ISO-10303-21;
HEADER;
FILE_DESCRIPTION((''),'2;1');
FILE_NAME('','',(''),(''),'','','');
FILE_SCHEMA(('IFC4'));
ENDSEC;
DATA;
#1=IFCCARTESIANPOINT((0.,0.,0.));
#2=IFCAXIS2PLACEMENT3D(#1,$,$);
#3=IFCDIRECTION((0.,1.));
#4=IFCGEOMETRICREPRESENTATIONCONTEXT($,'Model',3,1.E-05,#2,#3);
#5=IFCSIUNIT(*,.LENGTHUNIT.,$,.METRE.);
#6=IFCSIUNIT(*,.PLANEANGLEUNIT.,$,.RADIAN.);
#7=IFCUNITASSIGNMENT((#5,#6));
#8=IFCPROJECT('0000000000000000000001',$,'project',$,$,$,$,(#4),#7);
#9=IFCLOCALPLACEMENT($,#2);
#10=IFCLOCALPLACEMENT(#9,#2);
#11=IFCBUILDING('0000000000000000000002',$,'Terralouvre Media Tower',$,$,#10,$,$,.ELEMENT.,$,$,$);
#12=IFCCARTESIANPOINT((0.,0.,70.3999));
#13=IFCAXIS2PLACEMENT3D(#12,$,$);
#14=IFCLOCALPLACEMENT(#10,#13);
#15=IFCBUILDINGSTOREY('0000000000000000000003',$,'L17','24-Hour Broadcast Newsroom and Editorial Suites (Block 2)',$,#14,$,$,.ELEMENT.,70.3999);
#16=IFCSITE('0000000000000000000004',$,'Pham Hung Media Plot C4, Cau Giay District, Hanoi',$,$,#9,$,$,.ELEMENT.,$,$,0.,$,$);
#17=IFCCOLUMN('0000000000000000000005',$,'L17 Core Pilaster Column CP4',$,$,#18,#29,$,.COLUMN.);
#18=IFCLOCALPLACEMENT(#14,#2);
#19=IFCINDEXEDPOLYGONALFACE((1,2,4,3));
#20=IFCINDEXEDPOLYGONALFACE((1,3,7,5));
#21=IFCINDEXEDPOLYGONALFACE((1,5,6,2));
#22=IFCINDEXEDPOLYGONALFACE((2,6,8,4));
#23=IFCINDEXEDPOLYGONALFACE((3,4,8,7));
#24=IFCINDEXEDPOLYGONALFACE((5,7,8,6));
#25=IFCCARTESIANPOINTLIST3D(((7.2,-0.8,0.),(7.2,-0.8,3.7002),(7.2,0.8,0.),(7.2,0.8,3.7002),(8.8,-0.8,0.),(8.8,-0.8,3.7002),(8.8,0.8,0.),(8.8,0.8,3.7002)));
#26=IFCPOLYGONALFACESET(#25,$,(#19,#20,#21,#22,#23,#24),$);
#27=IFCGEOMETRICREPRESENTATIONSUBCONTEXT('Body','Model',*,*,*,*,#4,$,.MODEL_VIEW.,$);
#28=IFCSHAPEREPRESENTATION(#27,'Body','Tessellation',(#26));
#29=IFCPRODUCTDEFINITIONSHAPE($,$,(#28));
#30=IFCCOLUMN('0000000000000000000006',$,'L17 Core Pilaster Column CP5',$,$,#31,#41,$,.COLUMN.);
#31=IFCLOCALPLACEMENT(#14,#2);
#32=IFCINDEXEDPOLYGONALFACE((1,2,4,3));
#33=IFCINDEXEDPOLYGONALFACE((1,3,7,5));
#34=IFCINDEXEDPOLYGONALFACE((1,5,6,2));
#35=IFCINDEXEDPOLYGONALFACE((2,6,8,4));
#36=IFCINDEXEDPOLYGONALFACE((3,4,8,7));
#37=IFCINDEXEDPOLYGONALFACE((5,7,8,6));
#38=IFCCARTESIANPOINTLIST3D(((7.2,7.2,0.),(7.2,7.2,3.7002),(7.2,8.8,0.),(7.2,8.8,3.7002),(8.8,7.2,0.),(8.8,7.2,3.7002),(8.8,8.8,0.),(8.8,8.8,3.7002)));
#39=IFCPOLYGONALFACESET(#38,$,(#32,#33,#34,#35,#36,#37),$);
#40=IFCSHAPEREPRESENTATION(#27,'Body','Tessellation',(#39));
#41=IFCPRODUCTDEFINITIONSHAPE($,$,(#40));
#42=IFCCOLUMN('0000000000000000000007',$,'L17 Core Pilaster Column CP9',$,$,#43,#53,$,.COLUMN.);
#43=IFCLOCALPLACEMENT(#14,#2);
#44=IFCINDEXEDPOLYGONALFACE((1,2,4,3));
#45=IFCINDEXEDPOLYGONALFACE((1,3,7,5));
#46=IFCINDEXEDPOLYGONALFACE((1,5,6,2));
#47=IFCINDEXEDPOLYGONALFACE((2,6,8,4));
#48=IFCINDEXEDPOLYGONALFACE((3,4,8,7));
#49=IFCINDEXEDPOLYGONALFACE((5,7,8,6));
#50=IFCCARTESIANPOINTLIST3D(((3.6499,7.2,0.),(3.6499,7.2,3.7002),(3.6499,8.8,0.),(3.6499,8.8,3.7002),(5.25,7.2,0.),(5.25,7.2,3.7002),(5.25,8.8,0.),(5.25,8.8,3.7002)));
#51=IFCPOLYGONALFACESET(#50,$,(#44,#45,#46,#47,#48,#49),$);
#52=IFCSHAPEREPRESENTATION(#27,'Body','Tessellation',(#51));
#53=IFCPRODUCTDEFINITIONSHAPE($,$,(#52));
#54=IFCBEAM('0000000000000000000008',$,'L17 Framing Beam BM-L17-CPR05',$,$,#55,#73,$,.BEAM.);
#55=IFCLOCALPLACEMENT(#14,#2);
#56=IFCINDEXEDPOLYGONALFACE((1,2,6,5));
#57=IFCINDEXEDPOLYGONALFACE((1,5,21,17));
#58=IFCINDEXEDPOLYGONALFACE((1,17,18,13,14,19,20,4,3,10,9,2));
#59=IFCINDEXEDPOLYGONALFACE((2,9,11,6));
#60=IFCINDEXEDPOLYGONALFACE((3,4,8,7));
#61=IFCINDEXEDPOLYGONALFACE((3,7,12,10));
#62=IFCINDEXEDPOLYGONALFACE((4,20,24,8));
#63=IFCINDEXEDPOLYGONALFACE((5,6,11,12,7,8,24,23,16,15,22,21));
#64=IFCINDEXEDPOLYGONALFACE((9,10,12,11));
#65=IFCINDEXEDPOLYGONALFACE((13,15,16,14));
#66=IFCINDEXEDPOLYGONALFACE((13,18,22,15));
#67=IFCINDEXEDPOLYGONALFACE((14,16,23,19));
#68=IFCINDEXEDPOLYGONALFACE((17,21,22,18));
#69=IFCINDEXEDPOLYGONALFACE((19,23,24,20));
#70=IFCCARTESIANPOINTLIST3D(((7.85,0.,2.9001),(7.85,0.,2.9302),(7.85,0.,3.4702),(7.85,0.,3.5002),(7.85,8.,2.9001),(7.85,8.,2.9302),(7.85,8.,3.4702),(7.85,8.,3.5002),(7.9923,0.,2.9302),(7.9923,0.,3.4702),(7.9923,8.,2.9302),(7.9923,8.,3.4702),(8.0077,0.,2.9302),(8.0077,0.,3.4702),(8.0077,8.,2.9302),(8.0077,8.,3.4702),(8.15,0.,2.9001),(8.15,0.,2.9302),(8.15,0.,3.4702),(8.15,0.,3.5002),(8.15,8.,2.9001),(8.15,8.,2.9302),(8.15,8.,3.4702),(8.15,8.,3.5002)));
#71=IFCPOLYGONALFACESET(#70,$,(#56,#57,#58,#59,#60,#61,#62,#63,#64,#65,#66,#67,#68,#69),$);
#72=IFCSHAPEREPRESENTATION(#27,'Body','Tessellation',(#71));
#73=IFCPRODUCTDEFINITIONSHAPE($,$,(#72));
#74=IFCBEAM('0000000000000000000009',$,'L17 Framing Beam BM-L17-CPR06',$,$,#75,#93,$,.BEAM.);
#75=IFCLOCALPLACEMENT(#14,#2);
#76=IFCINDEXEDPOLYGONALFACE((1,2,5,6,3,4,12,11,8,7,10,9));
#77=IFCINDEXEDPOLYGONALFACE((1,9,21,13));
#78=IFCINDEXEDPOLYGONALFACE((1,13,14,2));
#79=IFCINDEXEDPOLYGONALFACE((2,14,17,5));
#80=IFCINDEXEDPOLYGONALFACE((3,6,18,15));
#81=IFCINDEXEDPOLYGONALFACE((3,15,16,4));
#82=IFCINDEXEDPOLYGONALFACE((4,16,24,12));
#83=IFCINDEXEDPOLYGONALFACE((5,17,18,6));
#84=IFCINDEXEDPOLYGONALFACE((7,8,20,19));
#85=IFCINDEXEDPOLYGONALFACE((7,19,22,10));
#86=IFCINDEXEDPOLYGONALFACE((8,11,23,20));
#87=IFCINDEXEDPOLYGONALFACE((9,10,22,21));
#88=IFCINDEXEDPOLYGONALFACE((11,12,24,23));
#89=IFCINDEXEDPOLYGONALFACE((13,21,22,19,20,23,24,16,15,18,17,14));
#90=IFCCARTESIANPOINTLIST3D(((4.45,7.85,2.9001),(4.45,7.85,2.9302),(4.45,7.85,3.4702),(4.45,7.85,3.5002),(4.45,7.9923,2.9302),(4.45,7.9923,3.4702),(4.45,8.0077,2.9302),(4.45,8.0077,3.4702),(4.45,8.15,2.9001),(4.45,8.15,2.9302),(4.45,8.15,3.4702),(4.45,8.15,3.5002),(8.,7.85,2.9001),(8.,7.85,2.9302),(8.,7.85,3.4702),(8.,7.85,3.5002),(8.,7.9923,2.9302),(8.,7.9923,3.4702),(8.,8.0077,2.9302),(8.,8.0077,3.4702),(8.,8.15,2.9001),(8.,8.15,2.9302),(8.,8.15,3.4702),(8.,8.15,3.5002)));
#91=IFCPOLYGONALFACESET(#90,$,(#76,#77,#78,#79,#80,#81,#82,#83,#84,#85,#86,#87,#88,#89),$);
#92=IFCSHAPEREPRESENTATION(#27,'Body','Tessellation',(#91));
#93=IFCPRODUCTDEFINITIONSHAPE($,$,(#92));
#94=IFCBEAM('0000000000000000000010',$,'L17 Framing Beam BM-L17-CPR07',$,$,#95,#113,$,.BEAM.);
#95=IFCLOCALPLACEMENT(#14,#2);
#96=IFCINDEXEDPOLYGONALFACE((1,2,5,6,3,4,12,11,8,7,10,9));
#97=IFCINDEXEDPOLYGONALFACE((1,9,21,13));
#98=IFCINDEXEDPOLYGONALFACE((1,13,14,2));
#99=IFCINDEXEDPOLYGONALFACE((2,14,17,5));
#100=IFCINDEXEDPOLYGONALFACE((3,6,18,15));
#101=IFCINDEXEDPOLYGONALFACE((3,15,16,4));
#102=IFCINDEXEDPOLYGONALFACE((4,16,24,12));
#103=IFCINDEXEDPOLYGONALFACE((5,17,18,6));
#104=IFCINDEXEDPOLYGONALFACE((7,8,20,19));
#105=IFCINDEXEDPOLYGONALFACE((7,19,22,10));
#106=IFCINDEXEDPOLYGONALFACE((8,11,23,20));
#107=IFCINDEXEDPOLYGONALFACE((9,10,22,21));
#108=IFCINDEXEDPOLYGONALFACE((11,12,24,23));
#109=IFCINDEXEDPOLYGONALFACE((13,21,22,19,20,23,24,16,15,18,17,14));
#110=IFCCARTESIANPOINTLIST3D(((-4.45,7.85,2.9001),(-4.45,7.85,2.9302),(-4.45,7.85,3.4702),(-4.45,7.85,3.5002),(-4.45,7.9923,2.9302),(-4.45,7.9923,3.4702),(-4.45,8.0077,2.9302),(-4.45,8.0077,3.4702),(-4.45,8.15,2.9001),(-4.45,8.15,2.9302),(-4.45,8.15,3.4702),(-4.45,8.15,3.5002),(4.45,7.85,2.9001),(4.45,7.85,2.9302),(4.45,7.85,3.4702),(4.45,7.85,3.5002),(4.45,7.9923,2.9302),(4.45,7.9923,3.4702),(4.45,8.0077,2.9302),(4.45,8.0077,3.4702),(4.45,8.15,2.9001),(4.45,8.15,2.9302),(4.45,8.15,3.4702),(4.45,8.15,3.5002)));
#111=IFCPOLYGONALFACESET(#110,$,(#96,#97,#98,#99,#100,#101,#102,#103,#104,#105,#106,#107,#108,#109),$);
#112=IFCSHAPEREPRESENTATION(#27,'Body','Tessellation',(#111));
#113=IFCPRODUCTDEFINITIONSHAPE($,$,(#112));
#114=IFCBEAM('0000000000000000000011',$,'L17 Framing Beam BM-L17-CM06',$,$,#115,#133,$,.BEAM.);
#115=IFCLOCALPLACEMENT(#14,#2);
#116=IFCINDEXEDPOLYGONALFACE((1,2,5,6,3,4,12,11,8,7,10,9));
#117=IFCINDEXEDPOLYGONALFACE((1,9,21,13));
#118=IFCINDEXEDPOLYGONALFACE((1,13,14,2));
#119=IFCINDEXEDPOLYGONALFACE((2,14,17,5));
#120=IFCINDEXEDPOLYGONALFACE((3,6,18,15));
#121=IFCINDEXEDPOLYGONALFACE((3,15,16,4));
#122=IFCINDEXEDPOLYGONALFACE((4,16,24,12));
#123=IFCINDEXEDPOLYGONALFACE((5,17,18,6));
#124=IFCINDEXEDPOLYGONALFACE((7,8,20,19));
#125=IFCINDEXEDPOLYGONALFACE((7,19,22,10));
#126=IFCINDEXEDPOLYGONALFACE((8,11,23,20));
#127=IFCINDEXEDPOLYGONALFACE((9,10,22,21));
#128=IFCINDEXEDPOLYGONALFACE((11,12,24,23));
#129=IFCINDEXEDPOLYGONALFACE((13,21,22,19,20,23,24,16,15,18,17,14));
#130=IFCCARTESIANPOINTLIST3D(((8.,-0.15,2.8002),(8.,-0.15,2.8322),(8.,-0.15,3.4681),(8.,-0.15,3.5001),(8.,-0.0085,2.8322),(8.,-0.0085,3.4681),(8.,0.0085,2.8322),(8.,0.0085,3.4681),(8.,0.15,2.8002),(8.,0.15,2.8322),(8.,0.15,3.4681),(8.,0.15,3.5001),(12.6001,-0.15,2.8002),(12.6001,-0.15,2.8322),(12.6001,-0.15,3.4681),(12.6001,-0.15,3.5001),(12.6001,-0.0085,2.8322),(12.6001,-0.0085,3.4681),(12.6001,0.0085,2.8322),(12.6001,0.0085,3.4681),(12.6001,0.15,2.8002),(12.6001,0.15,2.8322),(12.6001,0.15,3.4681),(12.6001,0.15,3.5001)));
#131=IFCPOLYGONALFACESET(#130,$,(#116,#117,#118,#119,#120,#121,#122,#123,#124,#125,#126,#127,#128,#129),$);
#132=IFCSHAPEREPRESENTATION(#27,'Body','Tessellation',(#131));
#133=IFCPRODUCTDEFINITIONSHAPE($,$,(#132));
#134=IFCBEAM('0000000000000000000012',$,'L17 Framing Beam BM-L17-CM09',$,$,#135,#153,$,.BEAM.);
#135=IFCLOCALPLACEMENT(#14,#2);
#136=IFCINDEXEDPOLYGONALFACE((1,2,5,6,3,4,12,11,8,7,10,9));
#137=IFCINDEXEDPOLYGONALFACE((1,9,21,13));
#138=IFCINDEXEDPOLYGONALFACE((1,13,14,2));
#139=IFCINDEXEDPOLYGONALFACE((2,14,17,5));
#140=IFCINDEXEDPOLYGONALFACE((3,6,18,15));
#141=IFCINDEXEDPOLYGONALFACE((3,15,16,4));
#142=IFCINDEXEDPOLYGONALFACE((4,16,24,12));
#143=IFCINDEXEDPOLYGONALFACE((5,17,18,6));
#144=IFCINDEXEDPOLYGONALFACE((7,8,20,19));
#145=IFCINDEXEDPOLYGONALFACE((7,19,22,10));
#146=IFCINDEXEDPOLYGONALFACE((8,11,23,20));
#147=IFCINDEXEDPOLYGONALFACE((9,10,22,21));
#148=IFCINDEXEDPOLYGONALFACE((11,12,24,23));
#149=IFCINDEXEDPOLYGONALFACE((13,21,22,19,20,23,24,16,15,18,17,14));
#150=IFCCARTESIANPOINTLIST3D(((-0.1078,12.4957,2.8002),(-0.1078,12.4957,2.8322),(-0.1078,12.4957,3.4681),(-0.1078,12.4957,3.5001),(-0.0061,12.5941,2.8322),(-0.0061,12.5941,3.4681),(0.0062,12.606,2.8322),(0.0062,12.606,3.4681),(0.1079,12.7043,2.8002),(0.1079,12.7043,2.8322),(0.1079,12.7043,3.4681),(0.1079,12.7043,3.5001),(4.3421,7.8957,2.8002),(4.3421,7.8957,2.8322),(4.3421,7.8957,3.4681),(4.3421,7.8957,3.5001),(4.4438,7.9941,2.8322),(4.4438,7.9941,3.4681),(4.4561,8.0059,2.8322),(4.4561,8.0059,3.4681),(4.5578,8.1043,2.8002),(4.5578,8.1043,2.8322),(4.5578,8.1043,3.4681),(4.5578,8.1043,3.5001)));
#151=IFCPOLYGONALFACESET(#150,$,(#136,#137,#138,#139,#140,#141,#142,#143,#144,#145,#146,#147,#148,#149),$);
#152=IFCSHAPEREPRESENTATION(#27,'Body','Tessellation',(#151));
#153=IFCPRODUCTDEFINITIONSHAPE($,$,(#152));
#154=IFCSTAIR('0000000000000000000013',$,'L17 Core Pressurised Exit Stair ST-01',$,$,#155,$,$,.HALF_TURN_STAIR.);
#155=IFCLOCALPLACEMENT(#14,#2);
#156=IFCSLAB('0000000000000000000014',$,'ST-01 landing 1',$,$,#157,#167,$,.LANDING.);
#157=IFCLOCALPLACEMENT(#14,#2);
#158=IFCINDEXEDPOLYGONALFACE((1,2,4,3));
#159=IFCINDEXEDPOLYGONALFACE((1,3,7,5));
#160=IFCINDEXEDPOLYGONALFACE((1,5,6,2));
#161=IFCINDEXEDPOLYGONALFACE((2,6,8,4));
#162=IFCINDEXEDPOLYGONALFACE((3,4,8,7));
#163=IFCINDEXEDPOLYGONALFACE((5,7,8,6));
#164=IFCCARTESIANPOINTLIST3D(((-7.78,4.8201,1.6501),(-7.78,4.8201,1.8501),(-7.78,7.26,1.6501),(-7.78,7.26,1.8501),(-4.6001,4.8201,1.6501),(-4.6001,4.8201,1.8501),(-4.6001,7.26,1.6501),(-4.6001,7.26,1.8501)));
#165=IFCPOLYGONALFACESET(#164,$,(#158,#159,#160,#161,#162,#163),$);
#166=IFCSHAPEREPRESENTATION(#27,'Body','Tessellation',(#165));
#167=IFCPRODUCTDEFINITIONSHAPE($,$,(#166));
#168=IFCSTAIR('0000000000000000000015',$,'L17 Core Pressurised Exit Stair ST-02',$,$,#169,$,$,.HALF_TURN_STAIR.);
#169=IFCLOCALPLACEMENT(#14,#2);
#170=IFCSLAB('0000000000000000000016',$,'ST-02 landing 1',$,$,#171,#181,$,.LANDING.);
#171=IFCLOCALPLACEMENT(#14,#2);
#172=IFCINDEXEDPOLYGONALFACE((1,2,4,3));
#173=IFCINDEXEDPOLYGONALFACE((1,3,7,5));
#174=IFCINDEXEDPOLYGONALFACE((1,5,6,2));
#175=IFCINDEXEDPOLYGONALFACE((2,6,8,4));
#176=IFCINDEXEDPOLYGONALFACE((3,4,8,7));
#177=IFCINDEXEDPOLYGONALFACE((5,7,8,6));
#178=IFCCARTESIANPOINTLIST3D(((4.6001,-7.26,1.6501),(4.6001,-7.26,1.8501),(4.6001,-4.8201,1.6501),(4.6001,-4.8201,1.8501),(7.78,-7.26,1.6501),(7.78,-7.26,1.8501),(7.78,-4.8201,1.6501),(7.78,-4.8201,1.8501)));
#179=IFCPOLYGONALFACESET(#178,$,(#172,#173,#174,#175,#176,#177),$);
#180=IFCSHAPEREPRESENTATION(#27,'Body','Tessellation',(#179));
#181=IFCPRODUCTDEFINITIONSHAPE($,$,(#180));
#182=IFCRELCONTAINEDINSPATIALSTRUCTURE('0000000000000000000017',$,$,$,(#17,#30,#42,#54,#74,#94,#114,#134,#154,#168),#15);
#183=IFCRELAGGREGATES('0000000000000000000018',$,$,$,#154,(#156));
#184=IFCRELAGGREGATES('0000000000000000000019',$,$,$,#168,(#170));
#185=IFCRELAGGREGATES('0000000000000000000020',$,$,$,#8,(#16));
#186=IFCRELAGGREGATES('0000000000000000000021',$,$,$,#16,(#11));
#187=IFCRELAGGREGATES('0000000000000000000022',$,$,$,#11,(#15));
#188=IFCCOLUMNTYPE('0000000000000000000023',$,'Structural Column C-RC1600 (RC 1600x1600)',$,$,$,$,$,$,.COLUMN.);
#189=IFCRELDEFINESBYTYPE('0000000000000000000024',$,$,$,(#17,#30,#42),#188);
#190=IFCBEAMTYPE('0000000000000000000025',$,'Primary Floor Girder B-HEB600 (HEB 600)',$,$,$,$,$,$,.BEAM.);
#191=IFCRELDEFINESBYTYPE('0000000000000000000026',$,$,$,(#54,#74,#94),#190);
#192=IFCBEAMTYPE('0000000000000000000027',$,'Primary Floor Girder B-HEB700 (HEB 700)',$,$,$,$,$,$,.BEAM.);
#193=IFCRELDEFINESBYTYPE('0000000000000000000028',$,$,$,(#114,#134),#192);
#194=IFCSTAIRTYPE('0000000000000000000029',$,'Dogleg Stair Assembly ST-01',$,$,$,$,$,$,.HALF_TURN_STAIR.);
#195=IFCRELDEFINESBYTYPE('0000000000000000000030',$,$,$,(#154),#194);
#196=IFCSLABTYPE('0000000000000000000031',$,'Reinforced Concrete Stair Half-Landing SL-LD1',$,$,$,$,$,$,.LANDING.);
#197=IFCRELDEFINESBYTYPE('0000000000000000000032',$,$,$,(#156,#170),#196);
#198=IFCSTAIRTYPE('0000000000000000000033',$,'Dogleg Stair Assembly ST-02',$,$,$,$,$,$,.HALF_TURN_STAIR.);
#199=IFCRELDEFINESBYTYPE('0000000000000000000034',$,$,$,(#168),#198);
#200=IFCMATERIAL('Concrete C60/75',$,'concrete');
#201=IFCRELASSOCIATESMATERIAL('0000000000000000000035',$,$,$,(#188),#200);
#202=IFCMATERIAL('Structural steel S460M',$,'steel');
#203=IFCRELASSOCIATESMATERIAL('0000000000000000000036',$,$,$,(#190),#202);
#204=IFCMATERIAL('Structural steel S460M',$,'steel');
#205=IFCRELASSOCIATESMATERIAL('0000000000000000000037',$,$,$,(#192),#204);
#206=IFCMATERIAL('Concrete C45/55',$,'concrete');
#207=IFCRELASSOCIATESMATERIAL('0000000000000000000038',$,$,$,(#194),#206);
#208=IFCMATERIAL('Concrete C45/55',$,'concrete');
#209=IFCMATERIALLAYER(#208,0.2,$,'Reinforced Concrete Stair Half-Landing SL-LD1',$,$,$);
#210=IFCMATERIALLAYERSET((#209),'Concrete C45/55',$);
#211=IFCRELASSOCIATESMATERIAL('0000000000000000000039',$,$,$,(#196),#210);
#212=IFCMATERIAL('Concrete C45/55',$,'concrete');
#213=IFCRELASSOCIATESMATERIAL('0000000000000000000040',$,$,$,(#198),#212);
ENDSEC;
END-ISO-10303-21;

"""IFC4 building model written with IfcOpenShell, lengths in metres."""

from ifc_helpers import new_model, si_unit, direction, frame, origin, origin_2d, place, context, subcontext, project, spatial, polyline, rectangle, i_section, outline, extrude, material, layer, layer_set, material_profile, profile_set, type_object, element, aggregate, save


model = new_model("IFC4")

# Units and contexts
model_context = context("Model", 3, precision=1e-05, world=origin(), true_north=direction((0.0, 1.0)))
body_context = subcontext(model_context, "Body", "Model", "MODEL_VIEW")
ifc_project = project(units=[si_unit("LENGTHUNIT", "METRE"), si_unit("PLANEANGLEUNIT", "RADIAN")], contexts=[model_context])

# Site, building, storey
site_placement = place(None, origin())
site = spatial("IfcSite", under=ifc_project, at=site_placement, Name="Pham Hung Media Plot C4, Cau Giay District, Hanoi", CompositionType="ELEMENT", RefElevation=0.0)
building_placement = place(site_placement, origin())
building = spatial("IfcBuilding", under=site, at=building_placement, Name="Terralouvre Media Tower", CompositionType="ELEMENT")
storey_placement = place(building_placement, frame((0.0, 0.0, 70.3999)))
storey = spatial("IfcBuildingStorey", under=building, at=storey_placement, Name="L17", Description="24-Hour Broadcast Newsroom and Editorial Suites (Block 2)", CompositionType="ELEMENT", Elevation=70.3999)

# Columns
ifc_material_1 = material(Name="Concrete C60/75", Category="concrete")
ifc_material_profile_1 = material_profile(ifc_material_1, rectangle(XDim=1.6001, YDim=1.6001, at=origin_2d()), Name="RC 1600x1600")
ifc_profile_set_1 = profile_set([ifc_material_profile_1], Name="Concrete C60/75")
column_type = type_object("IfcColumnType", Name="Structural Column C-RC1600 (RC 1600x1600)", PredefinedType="COLUMN", material=ifc_profile_set_1)
for number, where, z_axis, x_axis, name in (
    (1, (8.0, 0.0, 0.0), (0.0, 0.0, 1.0), (1.0, 0.0, 0.0), "L17 Core Pilaster Column CP4"),
    (2, (8.0, 8.0, 0.0), (0.0, 0.0, 1.0), (1.0, 0.0, 0.0), "L17 Core Pilaster Column CP5"),
    (3, (4.45, 8.0, 0.0), (0.0, 0.0, 1.0), (1.0, 0.0, 0.0), "L17 Core Pilaster Column CP9"),
):
    element("IfcColumn", number, at=place(storey_placement, frame(where, z_axis=z_axis, x_axis=x_axis)), inside=storey, type_object=column_type, Name=name, PredefinedType="COLUMN", context=body_context, shape_type="SweptSolid", body=[
        extrude(rectangle(XDim=1.6001, YDim=1.6001, at=origin_2d()), origin(), (0.0, 0.0, 1.0), 3.7002),
    ])

# Beams
ifc_material_2 = material(Name="Structural steel S460M", Category="steel")
ifc_material_profile_2 = material_profile(ifc_material_2, i_section(OverallWidth=0.3, OverallDepth=0.6001, WebThickness=0.0154, FlangeThickness=0.03, at=origin_2d()), Name="HEB 600")
ifc_profile_set_2 = profile_set([ifc_material_profile_2], Name="Structural steel S460M")
beam_type_1 = type_object("IfcBeamType", Name="Primary Floor Girder B-HEB600 (HEB 600)", PredefinedType="BEAM", material=ifc_profile_set_2)
beam_1_placement = place(storey_placement, frame((8.0, 0.0, 3.2002), z_axis=(0.0, 1.0, 0.0), x_axis=(-1.0, 0.0, 0.0)))
element("IfcBeam", 4, at=beam_1_placement, inside=storey, type_object=beam_type_1, Name="L17 Framing Beam BM-L17-CPR05", PredefinedType="BEAM", context=body_context, shape_type="SweptSolid", body=[
    extrude(i_section(OverallWidth=0.3, OverallDepth=0.6001, WebThickness=0.0154, FlangeThickness=0.03, at=origin_2d()), origin(), (0.0, 0.0, 1.0), 8.0),
])
beam_2_placement = place(storey_placement, frame((8.0, 8.0, 3.2002), z_axis=(-1.0, 0.0, 0.0), x_axis=(0.0, -1.0, 0.0)))
element("IfcBeam", 5, at=beam_2_placement, inside=storey, type_object=beam_type_1, Name="L17 Framing Beam BM-L17-CPR06", PredefinedType="BEAM", context=body_context, shape_type="SweptSolid", body=[
    extrude(i_section(OverallWidth=0.3, OverallDepth=0.6001, WebThickness=0.0154, FlangeThickness=0.03, at=origin_2d()), origin(), (0.0, 0.0, 1.0), 3.55),
])
beam_3_placement = place(storey_placement, frame((4.45, 8.0, 3.2002), z_axis=(-1.0, 0.0, 0.0), x_axis=(0.0, -1.0, 0.0)))
element("IfcBeam", 6, at=beam_3_placement, inside=storey, type_object=beam_type_1, Name="L17 Framing Beam BM-L17-CPR07", PredefinedType="BEAM", context=body_context, shape_type="SweptSolid", body=[
    extrude(i_section(OverallWidth=0.3, OverallDepth=0.6001, WebThickness=0.0154, FlangeThickness=0.03, at=origin_2d()), origin(), (0.0, 0.0, 1.0), 8.8999),
])
ifc_material_3 = material(Name="Structural steel S460M", Category="steel")
ifc_material_profile_3 = material_profile(ifc_material_3, i_section(OverallWidth=0.3, OverallDepth=0.7, WebThickness=0.0171, FlangeThickness=0.032, at=origin_2d()), Name="HEB 700")
ifc_profile_set_3 = profile_set([ifc_material_profile_3], Name="Structural steel S460M")
beam_type_2 = type_object("IfcBeamType", Name="Primary Floor Girder B-HEB700 (HEB 700)", PredefinedType="BEAM", material=ifc_profile_set_3)
beam_4_placement = place(storey_placement, frame((8.0, 0.0, 3.1501), z_axis=(1.0, 0.0, 0.0), x_axis=(0.0, 1.0, 0.0)))
element("IfcBeam", 7, at=beam_4_placement, inside=storey, type_object=beam_type_2, Name="L17 Framing Beam BM-L17-CM06", PredefinedType="BEAM", context=body_context, shape_type="SweptSolid", body=[
    extrude(i_section(OverallWidth=0.3, OverallDepth=0.7, WebThickness=0.0171, FlangeThickness=0.032, at=origin_2d()), origin(), (0.0, 0.0, 1.0), 4.6001),
])
beam_5_placement = place(storey_placement, frame((4.45, 8.0, 3.1501), z_axis=(-0.69528, 0.718739, 0.0), x_axis=(-0.718739, -0.69528, 0.0)))
element("IfcBeam", 8, at=beam_5_placement, inside=storey, type_object=beam_type_2, Name="L17 Framing Beam BM-L17-CM09", PredefinedType="BEAM", context=body_context, shape_type="SweptSolid", body=[
    extrude(i_section(OverallWidth=0.3, OverallDepth=0.7, WebThickness=0.0171, FlangeThickness=0.032, at=origin_2d()), origin(), (0.0, 0.0, 1.0), 6.4001),
])

# Stairs, slabs
ifc_material_4 = material(Name="Concrete C45/55", Category="concrete")
stair_type_1 = type_object("IfcStairType", Name="Dogleg Stair Assembly ST-01", PredefinedType="HALF_TURN_STAIR", material=ifc_material_4)
stair_1_placement = place(storey_placement, origin())
stair_1 = element("IfcStair", 9, at=stair_1_placement, inside=storey, type_object=stair_type_1, Name="L17 Core Pressurised Exit Stair ST-01", PredefinedType="HALF_TURN_STAIR")
ifc_material_5 = material(Name="Concrete C45/55", Category="concrete")
ifc_layer_1 = layer(ifc_material_5, 0.2, Name="Reinforced Concrete Stair Half-Landing SL-LD1")
ifc_layer_set_1 = layer_set([ifc_layer_1], Name="Concrete C45/55")
slab_type_1 = type_object("IfcSlabType", Name="Reinforced Concrete Stair Half-Landing SL-LD1", PredefinedType="LANDING", material=ifc_layer_set_1)
slab_1_placement = place(storey_placement, frame((0.0, 0.0, 1.6501)))
slab_1 = element("IfcSlab", 10, at=slab_1_placement, type_object=slab_type_1, Name="ST-01 landing 1", PredefinedType="LANDING", context=body_context, shape_type="SweptSolid", body=[
    extrude(outline(polyline([(-4.6001, 4.8201), (-4.6001, 7.26), (-7.78, 7.26), (-7.78, 4.8201), (-4.6001, 4.8201)])), origin(), (0.0, 0.0, 1.0), 0.2),
])
aggregate(stair_1, [slab_1])
ifc_material_6 = material(Name="Concrete C45/55", Category="concrete")
stair_type_2 = type_object("IfcStairType", Name="Dogleg Stair Assembly ST-02", PredefinedType="HALF_TURN_STAIR", material=ifc_material_6)
stair_2_placement = place(storey_placement, origin())
stair_2 = element("IfcStair", 11, at=stair_2_placement, inside=storey, type_object=stair_type_2, Name="L17 Core Pressurised Exit Stair ST-02", PredefinedType="HALF_TURN_STAIR")
slab_2_placement = place(storey_placement, frame((0.0, 0.0, 1.6501)))
slab_2 = element("IfcSlab", 12, at=slab_2_placement, type_object=slab_type_1, Name="ST-02 landing 1", PredefinedType="LANDING", context=body_context, shape_type="SweptSolid", body=[
    extrude(outline(polyline([(4.6001, -4.8201), (4.6001, -7.26), (7.78, -7.26), (7.78, -4.8201), (4.6001, -4.8201)])), origin(), (0.0, 0.0, 1.0), 0.2),
])
aggregate(stair_2, [slab_2])

save(model, "model.ifc")
